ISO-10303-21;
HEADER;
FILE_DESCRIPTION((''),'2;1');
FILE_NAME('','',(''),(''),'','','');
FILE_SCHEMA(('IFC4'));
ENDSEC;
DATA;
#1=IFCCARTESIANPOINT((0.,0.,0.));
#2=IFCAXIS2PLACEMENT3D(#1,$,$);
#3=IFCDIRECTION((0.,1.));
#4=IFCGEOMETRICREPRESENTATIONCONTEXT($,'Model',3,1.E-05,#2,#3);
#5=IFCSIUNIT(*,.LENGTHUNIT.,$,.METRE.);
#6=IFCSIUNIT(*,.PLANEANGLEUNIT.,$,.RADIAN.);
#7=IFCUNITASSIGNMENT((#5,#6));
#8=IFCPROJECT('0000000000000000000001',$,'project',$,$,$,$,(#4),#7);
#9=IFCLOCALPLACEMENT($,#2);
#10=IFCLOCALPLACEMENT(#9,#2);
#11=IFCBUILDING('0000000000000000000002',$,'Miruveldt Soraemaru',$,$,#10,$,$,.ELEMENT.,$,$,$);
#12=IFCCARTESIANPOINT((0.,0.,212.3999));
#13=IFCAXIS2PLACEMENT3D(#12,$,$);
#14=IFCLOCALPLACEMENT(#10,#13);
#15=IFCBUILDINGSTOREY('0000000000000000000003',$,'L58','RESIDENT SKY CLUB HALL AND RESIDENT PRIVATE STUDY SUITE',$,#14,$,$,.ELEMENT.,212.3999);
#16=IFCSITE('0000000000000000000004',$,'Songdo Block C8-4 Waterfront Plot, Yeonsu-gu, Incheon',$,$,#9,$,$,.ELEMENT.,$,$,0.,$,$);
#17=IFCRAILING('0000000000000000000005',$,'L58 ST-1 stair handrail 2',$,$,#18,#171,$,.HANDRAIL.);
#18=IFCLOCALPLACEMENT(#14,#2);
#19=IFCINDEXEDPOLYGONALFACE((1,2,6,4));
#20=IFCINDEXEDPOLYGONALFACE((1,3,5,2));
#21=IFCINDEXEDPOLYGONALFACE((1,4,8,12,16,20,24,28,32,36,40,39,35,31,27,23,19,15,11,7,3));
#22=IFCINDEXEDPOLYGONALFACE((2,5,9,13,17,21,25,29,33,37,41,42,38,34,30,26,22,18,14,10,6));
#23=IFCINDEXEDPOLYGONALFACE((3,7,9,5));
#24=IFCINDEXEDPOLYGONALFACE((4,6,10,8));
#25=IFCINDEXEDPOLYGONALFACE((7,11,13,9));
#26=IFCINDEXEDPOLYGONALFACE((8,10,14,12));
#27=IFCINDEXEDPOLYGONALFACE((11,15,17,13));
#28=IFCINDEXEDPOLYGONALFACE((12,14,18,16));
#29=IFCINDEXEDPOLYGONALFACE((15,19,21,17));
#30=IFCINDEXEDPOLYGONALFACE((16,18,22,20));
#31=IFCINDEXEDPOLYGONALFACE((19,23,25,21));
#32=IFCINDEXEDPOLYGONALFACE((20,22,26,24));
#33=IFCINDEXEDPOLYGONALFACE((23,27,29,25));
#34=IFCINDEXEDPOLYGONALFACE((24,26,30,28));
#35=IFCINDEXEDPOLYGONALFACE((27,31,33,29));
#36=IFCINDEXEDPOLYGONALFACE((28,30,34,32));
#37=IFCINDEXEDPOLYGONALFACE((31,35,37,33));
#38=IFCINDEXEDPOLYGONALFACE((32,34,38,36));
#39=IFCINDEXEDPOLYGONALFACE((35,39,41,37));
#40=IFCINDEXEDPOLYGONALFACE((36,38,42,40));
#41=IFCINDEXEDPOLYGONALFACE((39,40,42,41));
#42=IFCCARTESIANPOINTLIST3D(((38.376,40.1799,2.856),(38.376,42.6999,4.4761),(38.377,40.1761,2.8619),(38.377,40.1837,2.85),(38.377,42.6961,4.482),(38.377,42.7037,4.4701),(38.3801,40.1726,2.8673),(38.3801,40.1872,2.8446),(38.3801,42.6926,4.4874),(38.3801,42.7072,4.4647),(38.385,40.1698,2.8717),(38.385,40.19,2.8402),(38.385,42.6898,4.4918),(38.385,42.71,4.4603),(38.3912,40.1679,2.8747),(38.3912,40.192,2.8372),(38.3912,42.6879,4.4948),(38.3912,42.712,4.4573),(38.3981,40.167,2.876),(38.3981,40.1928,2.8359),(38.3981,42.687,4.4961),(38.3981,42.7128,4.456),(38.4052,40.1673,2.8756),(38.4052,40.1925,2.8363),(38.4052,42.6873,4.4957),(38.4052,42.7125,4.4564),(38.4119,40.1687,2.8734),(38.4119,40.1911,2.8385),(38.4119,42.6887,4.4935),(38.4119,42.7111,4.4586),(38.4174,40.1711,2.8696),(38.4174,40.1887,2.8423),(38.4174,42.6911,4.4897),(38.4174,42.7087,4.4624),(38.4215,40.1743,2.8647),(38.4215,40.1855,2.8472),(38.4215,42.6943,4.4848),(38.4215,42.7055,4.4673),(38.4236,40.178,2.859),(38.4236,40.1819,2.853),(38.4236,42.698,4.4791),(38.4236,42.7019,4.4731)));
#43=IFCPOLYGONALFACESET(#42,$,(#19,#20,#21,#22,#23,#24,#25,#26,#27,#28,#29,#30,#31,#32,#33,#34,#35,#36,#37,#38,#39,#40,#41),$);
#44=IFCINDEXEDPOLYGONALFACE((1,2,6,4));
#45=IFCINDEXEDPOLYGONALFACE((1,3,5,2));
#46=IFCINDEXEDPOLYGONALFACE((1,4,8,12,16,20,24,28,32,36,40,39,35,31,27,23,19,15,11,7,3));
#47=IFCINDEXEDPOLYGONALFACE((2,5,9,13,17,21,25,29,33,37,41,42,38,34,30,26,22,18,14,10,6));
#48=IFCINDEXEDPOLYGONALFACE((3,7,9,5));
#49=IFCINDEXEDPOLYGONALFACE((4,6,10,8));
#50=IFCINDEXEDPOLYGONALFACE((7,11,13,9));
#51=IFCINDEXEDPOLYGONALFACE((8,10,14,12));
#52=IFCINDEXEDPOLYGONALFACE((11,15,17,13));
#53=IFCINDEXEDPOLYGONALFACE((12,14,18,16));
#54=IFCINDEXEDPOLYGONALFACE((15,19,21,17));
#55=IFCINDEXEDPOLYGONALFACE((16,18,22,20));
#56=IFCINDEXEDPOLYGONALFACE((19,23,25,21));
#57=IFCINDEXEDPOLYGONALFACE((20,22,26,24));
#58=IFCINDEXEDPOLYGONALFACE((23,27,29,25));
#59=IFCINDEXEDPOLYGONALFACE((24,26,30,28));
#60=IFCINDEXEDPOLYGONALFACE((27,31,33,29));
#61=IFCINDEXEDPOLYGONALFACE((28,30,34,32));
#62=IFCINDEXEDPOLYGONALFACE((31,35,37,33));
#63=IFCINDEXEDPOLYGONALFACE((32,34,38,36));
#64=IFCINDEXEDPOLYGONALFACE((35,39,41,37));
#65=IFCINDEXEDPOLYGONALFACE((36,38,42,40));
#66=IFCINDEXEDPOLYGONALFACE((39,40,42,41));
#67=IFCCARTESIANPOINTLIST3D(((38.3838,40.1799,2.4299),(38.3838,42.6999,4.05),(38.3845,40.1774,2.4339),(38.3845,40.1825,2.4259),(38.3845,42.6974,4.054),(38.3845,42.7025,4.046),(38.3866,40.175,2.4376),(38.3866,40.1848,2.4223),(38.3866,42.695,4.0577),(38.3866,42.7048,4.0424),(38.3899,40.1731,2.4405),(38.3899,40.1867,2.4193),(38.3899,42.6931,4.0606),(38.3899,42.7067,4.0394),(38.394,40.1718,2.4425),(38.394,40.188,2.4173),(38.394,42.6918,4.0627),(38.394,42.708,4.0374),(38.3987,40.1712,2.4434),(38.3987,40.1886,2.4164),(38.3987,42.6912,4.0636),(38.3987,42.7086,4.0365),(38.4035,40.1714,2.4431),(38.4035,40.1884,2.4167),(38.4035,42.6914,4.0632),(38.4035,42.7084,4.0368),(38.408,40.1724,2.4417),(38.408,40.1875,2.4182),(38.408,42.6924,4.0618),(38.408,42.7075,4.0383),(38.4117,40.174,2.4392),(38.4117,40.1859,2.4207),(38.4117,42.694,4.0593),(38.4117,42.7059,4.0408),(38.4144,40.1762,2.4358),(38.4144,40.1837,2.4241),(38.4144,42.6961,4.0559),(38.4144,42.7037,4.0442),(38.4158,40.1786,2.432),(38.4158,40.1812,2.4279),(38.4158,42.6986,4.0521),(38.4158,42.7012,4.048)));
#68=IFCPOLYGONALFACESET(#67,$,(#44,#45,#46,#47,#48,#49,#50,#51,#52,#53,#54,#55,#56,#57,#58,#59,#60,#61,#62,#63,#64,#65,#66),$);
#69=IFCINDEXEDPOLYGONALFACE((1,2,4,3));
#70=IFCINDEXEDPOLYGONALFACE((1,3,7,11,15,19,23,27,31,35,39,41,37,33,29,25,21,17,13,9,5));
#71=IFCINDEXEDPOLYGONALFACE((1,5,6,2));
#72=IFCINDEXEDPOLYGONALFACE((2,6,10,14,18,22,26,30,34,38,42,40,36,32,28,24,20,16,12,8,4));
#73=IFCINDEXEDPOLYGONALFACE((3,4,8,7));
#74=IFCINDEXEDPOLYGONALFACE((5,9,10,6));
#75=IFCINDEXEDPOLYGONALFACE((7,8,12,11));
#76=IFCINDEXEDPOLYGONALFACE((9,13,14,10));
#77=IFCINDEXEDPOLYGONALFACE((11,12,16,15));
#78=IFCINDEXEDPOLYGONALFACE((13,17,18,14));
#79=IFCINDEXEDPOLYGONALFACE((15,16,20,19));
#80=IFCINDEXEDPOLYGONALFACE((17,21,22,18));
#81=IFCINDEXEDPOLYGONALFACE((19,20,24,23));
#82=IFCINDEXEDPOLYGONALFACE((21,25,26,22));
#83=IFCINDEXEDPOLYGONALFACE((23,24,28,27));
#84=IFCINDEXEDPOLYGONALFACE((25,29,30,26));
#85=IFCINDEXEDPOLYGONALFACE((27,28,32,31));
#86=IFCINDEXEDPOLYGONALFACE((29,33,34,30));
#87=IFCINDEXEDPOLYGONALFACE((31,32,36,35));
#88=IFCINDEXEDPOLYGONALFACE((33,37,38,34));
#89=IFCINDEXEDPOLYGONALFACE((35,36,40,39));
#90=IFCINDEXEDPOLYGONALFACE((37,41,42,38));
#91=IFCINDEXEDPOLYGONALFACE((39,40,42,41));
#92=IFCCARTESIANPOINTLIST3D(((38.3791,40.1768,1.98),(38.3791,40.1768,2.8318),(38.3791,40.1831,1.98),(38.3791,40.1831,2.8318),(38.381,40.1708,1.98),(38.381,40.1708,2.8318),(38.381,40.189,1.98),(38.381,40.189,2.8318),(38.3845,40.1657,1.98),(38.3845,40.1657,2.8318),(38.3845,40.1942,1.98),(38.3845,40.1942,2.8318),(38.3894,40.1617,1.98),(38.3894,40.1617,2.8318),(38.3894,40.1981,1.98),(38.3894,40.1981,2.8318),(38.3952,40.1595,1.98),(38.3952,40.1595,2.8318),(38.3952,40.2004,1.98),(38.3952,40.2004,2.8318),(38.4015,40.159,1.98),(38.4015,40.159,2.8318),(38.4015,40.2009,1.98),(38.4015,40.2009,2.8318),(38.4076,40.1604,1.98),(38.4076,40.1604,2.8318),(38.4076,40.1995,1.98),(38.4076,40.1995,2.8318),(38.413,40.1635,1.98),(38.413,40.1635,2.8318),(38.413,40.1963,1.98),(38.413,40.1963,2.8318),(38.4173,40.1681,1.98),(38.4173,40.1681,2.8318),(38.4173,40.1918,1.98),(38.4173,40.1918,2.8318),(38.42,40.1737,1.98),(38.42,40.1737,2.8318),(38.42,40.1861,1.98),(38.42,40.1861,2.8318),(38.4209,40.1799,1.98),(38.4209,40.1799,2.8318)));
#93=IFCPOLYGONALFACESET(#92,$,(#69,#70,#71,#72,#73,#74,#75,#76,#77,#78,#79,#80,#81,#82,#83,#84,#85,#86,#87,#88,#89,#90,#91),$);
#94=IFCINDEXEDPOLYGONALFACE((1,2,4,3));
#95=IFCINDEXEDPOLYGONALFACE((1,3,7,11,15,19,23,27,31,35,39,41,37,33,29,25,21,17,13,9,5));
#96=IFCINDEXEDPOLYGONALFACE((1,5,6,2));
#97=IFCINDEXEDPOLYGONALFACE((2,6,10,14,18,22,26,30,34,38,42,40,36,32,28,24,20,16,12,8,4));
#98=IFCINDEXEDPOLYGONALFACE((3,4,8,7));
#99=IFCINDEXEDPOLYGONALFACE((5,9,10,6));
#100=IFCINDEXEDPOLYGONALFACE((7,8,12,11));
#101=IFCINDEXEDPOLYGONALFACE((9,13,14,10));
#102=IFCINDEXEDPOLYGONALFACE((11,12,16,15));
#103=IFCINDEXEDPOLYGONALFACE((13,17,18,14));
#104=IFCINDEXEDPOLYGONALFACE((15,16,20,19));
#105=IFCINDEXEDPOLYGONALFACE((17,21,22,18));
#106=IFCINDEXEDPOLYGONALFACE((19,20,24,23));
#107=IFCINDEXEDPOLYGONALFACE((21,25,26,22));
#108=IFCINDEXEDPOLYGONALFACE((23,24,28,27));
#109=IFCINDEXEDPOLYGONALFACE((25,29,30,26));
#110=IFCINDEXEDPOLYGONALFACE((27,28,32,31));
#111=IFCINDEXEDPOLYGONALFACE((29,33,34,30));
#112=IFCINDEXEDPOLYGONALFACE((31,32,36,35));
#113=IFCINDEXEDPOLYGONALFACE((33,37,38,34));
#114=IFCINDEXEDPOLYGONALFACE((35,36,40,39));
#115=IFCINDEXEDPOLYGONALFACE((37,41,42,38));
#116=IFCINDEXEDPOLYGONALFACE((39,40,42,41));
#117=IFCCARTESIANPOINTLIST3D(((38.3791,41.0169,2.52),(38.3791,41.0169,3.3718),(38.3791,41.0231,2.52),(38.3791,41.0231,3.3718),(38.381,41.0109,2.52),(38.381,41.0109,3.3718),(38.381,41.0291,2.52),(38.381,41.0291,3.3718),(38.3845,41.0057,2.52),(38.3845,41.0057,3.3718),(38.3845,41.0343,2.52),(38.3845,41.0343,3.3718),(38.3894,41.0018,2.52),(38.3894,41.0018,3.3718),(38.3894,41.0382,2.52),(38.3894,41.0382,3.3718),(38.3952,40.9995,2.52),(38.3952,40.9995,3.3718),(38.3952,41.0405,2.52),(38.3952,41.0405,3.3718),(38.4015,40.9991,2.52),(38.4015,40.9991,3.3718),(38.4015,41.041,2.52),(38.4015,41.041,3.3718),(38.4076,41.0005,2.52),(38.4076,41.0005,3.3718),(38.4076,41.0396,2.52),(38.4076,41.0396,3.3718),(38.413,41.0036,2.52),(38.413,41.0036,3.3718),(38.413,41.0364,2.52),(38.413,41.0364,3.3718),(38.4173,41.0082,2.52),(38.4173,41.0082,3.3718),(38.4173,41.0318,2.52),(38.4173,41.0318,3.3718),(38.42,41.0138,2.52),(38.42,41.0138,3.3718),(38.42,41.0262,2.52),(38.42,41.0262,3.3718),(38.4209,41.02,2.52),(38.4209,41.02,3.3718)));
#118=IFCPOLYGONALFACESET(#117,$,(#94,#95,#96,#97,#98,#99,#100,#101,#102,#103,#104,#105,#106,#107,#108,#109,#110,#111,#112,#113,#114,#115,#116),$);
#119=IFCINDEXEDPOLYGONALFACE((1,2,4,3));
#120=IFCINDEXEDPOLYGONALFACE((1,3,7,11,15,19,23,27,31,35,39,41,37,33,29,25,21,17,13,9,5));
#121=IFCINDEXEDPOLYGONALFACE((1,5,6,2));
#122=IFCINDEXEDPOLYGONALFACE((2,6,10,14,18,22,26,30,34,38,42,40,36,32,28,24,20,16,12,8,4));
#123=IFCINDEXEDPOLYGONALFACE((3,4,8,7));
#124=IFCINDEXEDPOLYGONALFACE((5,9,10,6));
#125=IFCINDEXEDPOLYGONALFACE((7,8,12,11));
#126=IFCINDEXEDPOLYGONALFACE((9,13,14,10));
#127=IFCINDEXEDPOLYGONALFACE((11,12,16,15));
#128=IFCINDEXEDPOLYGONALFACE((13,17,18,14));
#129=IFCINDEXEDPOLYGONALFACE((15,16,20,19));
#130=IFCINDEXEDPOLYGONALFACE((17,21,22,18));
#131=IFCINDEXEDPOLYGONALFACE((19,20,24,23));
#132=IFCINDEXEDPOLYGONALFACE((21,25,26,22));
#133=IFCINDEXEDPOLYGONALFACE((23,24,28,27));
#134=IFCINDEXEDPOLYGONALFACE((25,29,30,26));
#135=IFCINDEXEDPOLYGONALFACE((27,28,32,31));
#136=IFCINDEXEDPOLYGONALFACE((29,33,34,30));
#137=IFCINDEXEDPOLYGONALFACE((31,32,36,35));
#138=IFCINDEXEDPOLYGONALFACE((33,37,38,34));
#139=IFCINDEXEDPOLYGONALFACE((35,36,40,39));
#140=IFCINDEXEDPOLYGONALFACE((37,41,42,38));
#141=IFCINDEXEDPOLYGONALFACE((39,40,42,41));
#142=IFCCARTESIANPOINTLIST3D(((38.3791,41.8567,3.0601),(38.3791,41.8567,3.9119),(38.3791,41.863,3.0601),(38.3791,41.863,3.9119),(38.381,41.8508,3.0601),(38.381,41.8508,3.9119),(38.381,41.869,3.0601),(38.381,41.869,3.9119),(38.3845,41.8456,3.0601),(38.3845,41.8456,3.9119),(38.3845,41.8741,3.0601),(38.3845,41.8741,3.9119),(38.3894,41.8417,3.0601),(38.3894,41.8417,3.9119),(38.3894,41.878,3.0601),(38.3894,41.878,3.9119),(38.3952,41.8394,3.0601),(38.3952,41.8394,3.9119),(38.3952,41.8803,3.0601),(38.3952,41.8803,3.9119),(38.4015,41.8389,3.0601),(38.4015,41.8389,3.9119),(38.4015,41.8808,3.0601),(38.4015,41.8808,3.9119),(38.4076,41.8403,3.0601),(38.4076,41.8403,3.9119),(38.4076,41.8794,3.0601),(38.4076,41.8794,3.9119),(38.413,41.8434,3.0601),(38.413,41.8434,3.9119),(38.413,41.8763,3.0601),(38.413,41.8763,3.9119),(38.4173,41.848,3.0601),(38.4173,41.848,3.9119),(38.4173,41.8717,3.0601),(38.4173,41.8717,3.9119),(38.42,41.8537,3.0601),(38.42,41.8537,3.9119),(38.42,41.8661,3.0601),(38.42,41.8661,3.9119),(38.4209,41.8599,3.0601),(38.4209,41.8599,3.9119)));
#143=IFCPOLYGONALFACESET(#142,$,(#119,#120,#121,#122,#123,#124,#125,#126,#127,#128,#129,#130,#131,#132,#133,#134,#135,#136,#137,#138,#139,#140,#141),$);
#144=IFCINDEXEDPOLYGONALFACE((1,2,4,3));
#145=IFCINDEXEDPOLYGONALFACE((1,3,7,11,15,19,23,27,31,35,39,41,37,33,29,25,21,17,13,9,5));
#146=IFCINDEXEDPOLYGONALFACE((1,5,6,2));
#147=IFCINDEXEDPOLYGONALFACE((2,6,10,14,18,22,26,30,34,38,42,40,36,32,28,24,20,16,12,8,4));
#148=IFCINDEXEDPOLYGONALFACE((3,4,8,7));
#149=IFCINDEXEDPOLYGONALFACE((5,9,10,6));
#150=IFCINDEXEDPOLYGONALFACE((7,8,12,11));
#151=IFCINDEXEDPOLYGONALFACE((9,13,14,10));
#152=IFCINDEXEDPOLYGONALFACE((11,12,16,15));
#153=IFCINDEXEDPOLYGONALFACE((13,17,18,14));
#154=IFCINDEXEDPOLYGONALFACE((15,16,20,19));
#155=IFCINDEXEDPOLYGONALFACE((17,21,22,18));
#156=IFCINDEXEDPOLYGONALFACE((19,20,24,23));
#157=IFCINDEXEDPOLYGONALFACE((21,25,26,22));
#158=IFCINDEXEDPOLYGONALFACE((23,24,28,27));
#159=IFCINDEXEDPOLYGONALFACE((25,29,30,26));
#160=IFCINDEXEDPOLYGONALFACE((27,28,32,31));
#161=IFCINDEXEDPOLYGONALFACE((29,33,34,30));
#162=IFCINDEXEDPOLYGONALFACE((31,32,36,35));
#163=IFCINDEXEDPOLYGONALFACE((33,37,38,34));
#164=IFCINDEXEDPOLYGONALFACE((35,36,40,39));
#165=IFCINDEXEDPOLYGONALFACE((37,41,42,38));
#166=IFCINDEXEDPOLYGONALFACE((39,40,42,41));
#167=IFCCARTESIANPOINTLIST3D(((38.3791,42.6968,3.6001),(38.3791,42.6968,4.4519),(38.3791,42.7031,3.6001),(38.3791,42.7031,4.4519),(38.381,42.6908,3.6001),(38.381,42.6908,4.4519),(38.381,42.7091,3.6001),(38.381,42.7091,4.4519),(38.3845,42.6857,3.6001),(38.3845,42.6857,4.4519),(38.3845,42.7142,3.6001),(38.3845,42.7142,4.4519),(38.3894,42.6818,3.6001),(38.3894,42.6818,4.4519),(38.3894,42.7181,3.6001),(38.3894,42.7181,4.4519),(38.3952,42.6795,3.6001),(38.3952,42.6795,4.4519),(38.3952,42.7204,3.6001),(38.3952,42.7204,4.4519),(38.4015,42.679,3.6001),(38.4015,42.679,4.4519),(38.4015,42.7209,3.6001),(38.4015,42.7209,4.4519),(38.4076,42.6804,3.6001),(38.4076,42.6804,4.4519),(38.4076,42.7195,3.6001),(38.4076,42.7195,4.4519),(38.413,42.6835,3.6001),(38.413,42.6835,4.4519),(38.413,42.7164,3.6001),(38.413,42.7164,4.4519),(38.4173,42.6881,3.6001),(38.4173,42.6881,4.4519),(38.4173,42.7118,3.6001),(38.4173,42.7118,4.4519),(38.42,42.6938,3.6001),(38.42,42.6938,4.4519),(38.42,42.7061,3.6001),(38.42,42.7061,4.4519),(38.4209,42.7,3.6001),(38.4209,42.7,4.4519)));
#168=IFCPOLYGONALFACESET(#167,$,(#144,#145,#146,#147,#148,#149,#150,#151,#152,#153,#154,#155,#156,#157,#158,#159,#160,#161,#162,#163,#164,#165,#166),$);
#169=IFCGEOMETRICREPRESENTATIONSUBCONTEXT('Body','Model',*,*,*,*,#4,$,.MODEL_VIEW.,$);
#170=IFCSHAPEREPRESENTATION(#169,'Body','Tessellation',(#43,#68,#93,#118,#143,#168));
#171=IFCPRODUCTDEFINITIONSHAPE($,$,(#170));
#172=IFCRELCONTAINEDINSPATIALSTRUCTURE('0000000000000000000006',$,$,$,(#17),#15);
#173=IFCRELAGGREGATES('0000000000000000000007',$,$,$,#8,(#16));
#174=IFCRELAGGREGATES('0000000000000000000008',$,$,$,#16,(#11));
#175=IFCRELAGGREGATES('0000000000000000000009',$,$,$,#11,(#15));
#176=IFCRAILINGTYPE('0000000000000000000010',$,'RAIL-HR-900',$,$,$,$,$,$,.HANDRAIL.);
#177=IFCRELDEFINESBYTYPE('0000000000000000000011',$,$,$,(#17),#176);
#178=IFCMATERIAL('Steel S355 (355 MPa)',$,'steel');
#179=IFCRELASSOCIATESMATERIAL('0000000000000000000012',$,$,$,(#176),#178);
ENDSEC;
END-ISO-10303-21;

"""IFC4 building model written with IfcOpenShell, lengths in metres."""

from ifc_helpers import new_model, si_unit, direction, frame, origin, origin_2d, place, context, subcontext, project, spatial, circle, extrude, material, type_object, element, save


model = new_model("IFC4")

# Units and contexts
model_context = context("Model", 3, precision=1e-05, world=origin(), true_north=direction((0.0, 1.0)))
body_context = subcontext(model_context, "Body", "Model", "MODEL_VIEW")
ifc_project = project(units=[si_unit("LENGTHUNIT", "METRE"), si_unit("PLANEANGLEUNIT", "RADIAN")], contexts=[model_context])

# Site, building, storey
site_placement = place(None, origin())
site = spatial("IfcSite", under=ifc_project, at=site_placement, Name="Songdo Block C8-4 Waterfront Plot, Yeonsu-gu, Incheon", CompositionType="ELEMENT", RefElevation=0.0)
building_placement = place(site_placement, origin())
building = spatial("IfcBuilding", under=site, at=building_placement, Name="Miruveldt Soraemaru", CompositionType="ELEMENT")
storey_placement = place(building_placement, frame((0.0, 0.0, 212.3999)))
storey = spatial("IfcBuildingStorey", under=building, at=storey_placement, Name="L58", Description="RESIDENT SKY CLUB HALL AND RESIDENT PRIVATE STUDY SUITE", CompositionType="ELEMENT", Elevation=212.3999)

# Railing
ifc_material_1 = material(Name="Steel S355 (355 MPa)", Category="steel")
railing_type_1 = type_object("IfcRailingType", Name="RAIL-HR-900", PredefinedType="HANDRAIL", material=ifc_material_1)
railing_1_placement = place(storey_placement, frame((38.3999, 40.1799, 1.98)))
element("IfcRailing", 1, at=railing_1_placement, inside=storey, type_object=railing_type_1, Name="L58 ST-1 stair handrail 2", PredefinedType="HANDRAIL", context=body_context, shape_type="SweptSolid", body=[
    extrude(circle(Radius=0.0239, at=origin_2d()), frame((0.0, 0.0, 0.876), z_axis=(0.0, 0.841163, 0.540782), x_axis=(-1.0, 0.0, 0.0)), (0.0, 0.0, 1.0), 2.9958),
    extrude(circle(Radius=0.0161, at=origin_2d()), frame((0.0, 0.0, 0.45), z_axis=(0.0, 0.841163, 0.540782), x_axis=(-1.0, 0.0, 0.0)), (0.0, 0.0, 1.0), 2.9958),
    extrude(circle(Radius=0.021, at=origin_2d()), origin(), (0.0, 0.0, 1.0), 0.8518),
    extrude(circle(Radius=0.021, at=origin_2d()), frame((0.0, 0.8401, 0.54)), (0.0, 0.0, 1.0), 0.8518),
    extrude(circle(Radius=0.021, at=origin_2d()), frame((0.0, 1.6799, 1.0801)), (0.0, 0.0, 1.0), 0.8518),
    extrude(circle(Radius=0.021, at=origin_2d()), frame((0.0, 2.52, 1.6201)), (0.0, 0.0, 1.0), 0.8518),
])

save(model, "model.ifc")
